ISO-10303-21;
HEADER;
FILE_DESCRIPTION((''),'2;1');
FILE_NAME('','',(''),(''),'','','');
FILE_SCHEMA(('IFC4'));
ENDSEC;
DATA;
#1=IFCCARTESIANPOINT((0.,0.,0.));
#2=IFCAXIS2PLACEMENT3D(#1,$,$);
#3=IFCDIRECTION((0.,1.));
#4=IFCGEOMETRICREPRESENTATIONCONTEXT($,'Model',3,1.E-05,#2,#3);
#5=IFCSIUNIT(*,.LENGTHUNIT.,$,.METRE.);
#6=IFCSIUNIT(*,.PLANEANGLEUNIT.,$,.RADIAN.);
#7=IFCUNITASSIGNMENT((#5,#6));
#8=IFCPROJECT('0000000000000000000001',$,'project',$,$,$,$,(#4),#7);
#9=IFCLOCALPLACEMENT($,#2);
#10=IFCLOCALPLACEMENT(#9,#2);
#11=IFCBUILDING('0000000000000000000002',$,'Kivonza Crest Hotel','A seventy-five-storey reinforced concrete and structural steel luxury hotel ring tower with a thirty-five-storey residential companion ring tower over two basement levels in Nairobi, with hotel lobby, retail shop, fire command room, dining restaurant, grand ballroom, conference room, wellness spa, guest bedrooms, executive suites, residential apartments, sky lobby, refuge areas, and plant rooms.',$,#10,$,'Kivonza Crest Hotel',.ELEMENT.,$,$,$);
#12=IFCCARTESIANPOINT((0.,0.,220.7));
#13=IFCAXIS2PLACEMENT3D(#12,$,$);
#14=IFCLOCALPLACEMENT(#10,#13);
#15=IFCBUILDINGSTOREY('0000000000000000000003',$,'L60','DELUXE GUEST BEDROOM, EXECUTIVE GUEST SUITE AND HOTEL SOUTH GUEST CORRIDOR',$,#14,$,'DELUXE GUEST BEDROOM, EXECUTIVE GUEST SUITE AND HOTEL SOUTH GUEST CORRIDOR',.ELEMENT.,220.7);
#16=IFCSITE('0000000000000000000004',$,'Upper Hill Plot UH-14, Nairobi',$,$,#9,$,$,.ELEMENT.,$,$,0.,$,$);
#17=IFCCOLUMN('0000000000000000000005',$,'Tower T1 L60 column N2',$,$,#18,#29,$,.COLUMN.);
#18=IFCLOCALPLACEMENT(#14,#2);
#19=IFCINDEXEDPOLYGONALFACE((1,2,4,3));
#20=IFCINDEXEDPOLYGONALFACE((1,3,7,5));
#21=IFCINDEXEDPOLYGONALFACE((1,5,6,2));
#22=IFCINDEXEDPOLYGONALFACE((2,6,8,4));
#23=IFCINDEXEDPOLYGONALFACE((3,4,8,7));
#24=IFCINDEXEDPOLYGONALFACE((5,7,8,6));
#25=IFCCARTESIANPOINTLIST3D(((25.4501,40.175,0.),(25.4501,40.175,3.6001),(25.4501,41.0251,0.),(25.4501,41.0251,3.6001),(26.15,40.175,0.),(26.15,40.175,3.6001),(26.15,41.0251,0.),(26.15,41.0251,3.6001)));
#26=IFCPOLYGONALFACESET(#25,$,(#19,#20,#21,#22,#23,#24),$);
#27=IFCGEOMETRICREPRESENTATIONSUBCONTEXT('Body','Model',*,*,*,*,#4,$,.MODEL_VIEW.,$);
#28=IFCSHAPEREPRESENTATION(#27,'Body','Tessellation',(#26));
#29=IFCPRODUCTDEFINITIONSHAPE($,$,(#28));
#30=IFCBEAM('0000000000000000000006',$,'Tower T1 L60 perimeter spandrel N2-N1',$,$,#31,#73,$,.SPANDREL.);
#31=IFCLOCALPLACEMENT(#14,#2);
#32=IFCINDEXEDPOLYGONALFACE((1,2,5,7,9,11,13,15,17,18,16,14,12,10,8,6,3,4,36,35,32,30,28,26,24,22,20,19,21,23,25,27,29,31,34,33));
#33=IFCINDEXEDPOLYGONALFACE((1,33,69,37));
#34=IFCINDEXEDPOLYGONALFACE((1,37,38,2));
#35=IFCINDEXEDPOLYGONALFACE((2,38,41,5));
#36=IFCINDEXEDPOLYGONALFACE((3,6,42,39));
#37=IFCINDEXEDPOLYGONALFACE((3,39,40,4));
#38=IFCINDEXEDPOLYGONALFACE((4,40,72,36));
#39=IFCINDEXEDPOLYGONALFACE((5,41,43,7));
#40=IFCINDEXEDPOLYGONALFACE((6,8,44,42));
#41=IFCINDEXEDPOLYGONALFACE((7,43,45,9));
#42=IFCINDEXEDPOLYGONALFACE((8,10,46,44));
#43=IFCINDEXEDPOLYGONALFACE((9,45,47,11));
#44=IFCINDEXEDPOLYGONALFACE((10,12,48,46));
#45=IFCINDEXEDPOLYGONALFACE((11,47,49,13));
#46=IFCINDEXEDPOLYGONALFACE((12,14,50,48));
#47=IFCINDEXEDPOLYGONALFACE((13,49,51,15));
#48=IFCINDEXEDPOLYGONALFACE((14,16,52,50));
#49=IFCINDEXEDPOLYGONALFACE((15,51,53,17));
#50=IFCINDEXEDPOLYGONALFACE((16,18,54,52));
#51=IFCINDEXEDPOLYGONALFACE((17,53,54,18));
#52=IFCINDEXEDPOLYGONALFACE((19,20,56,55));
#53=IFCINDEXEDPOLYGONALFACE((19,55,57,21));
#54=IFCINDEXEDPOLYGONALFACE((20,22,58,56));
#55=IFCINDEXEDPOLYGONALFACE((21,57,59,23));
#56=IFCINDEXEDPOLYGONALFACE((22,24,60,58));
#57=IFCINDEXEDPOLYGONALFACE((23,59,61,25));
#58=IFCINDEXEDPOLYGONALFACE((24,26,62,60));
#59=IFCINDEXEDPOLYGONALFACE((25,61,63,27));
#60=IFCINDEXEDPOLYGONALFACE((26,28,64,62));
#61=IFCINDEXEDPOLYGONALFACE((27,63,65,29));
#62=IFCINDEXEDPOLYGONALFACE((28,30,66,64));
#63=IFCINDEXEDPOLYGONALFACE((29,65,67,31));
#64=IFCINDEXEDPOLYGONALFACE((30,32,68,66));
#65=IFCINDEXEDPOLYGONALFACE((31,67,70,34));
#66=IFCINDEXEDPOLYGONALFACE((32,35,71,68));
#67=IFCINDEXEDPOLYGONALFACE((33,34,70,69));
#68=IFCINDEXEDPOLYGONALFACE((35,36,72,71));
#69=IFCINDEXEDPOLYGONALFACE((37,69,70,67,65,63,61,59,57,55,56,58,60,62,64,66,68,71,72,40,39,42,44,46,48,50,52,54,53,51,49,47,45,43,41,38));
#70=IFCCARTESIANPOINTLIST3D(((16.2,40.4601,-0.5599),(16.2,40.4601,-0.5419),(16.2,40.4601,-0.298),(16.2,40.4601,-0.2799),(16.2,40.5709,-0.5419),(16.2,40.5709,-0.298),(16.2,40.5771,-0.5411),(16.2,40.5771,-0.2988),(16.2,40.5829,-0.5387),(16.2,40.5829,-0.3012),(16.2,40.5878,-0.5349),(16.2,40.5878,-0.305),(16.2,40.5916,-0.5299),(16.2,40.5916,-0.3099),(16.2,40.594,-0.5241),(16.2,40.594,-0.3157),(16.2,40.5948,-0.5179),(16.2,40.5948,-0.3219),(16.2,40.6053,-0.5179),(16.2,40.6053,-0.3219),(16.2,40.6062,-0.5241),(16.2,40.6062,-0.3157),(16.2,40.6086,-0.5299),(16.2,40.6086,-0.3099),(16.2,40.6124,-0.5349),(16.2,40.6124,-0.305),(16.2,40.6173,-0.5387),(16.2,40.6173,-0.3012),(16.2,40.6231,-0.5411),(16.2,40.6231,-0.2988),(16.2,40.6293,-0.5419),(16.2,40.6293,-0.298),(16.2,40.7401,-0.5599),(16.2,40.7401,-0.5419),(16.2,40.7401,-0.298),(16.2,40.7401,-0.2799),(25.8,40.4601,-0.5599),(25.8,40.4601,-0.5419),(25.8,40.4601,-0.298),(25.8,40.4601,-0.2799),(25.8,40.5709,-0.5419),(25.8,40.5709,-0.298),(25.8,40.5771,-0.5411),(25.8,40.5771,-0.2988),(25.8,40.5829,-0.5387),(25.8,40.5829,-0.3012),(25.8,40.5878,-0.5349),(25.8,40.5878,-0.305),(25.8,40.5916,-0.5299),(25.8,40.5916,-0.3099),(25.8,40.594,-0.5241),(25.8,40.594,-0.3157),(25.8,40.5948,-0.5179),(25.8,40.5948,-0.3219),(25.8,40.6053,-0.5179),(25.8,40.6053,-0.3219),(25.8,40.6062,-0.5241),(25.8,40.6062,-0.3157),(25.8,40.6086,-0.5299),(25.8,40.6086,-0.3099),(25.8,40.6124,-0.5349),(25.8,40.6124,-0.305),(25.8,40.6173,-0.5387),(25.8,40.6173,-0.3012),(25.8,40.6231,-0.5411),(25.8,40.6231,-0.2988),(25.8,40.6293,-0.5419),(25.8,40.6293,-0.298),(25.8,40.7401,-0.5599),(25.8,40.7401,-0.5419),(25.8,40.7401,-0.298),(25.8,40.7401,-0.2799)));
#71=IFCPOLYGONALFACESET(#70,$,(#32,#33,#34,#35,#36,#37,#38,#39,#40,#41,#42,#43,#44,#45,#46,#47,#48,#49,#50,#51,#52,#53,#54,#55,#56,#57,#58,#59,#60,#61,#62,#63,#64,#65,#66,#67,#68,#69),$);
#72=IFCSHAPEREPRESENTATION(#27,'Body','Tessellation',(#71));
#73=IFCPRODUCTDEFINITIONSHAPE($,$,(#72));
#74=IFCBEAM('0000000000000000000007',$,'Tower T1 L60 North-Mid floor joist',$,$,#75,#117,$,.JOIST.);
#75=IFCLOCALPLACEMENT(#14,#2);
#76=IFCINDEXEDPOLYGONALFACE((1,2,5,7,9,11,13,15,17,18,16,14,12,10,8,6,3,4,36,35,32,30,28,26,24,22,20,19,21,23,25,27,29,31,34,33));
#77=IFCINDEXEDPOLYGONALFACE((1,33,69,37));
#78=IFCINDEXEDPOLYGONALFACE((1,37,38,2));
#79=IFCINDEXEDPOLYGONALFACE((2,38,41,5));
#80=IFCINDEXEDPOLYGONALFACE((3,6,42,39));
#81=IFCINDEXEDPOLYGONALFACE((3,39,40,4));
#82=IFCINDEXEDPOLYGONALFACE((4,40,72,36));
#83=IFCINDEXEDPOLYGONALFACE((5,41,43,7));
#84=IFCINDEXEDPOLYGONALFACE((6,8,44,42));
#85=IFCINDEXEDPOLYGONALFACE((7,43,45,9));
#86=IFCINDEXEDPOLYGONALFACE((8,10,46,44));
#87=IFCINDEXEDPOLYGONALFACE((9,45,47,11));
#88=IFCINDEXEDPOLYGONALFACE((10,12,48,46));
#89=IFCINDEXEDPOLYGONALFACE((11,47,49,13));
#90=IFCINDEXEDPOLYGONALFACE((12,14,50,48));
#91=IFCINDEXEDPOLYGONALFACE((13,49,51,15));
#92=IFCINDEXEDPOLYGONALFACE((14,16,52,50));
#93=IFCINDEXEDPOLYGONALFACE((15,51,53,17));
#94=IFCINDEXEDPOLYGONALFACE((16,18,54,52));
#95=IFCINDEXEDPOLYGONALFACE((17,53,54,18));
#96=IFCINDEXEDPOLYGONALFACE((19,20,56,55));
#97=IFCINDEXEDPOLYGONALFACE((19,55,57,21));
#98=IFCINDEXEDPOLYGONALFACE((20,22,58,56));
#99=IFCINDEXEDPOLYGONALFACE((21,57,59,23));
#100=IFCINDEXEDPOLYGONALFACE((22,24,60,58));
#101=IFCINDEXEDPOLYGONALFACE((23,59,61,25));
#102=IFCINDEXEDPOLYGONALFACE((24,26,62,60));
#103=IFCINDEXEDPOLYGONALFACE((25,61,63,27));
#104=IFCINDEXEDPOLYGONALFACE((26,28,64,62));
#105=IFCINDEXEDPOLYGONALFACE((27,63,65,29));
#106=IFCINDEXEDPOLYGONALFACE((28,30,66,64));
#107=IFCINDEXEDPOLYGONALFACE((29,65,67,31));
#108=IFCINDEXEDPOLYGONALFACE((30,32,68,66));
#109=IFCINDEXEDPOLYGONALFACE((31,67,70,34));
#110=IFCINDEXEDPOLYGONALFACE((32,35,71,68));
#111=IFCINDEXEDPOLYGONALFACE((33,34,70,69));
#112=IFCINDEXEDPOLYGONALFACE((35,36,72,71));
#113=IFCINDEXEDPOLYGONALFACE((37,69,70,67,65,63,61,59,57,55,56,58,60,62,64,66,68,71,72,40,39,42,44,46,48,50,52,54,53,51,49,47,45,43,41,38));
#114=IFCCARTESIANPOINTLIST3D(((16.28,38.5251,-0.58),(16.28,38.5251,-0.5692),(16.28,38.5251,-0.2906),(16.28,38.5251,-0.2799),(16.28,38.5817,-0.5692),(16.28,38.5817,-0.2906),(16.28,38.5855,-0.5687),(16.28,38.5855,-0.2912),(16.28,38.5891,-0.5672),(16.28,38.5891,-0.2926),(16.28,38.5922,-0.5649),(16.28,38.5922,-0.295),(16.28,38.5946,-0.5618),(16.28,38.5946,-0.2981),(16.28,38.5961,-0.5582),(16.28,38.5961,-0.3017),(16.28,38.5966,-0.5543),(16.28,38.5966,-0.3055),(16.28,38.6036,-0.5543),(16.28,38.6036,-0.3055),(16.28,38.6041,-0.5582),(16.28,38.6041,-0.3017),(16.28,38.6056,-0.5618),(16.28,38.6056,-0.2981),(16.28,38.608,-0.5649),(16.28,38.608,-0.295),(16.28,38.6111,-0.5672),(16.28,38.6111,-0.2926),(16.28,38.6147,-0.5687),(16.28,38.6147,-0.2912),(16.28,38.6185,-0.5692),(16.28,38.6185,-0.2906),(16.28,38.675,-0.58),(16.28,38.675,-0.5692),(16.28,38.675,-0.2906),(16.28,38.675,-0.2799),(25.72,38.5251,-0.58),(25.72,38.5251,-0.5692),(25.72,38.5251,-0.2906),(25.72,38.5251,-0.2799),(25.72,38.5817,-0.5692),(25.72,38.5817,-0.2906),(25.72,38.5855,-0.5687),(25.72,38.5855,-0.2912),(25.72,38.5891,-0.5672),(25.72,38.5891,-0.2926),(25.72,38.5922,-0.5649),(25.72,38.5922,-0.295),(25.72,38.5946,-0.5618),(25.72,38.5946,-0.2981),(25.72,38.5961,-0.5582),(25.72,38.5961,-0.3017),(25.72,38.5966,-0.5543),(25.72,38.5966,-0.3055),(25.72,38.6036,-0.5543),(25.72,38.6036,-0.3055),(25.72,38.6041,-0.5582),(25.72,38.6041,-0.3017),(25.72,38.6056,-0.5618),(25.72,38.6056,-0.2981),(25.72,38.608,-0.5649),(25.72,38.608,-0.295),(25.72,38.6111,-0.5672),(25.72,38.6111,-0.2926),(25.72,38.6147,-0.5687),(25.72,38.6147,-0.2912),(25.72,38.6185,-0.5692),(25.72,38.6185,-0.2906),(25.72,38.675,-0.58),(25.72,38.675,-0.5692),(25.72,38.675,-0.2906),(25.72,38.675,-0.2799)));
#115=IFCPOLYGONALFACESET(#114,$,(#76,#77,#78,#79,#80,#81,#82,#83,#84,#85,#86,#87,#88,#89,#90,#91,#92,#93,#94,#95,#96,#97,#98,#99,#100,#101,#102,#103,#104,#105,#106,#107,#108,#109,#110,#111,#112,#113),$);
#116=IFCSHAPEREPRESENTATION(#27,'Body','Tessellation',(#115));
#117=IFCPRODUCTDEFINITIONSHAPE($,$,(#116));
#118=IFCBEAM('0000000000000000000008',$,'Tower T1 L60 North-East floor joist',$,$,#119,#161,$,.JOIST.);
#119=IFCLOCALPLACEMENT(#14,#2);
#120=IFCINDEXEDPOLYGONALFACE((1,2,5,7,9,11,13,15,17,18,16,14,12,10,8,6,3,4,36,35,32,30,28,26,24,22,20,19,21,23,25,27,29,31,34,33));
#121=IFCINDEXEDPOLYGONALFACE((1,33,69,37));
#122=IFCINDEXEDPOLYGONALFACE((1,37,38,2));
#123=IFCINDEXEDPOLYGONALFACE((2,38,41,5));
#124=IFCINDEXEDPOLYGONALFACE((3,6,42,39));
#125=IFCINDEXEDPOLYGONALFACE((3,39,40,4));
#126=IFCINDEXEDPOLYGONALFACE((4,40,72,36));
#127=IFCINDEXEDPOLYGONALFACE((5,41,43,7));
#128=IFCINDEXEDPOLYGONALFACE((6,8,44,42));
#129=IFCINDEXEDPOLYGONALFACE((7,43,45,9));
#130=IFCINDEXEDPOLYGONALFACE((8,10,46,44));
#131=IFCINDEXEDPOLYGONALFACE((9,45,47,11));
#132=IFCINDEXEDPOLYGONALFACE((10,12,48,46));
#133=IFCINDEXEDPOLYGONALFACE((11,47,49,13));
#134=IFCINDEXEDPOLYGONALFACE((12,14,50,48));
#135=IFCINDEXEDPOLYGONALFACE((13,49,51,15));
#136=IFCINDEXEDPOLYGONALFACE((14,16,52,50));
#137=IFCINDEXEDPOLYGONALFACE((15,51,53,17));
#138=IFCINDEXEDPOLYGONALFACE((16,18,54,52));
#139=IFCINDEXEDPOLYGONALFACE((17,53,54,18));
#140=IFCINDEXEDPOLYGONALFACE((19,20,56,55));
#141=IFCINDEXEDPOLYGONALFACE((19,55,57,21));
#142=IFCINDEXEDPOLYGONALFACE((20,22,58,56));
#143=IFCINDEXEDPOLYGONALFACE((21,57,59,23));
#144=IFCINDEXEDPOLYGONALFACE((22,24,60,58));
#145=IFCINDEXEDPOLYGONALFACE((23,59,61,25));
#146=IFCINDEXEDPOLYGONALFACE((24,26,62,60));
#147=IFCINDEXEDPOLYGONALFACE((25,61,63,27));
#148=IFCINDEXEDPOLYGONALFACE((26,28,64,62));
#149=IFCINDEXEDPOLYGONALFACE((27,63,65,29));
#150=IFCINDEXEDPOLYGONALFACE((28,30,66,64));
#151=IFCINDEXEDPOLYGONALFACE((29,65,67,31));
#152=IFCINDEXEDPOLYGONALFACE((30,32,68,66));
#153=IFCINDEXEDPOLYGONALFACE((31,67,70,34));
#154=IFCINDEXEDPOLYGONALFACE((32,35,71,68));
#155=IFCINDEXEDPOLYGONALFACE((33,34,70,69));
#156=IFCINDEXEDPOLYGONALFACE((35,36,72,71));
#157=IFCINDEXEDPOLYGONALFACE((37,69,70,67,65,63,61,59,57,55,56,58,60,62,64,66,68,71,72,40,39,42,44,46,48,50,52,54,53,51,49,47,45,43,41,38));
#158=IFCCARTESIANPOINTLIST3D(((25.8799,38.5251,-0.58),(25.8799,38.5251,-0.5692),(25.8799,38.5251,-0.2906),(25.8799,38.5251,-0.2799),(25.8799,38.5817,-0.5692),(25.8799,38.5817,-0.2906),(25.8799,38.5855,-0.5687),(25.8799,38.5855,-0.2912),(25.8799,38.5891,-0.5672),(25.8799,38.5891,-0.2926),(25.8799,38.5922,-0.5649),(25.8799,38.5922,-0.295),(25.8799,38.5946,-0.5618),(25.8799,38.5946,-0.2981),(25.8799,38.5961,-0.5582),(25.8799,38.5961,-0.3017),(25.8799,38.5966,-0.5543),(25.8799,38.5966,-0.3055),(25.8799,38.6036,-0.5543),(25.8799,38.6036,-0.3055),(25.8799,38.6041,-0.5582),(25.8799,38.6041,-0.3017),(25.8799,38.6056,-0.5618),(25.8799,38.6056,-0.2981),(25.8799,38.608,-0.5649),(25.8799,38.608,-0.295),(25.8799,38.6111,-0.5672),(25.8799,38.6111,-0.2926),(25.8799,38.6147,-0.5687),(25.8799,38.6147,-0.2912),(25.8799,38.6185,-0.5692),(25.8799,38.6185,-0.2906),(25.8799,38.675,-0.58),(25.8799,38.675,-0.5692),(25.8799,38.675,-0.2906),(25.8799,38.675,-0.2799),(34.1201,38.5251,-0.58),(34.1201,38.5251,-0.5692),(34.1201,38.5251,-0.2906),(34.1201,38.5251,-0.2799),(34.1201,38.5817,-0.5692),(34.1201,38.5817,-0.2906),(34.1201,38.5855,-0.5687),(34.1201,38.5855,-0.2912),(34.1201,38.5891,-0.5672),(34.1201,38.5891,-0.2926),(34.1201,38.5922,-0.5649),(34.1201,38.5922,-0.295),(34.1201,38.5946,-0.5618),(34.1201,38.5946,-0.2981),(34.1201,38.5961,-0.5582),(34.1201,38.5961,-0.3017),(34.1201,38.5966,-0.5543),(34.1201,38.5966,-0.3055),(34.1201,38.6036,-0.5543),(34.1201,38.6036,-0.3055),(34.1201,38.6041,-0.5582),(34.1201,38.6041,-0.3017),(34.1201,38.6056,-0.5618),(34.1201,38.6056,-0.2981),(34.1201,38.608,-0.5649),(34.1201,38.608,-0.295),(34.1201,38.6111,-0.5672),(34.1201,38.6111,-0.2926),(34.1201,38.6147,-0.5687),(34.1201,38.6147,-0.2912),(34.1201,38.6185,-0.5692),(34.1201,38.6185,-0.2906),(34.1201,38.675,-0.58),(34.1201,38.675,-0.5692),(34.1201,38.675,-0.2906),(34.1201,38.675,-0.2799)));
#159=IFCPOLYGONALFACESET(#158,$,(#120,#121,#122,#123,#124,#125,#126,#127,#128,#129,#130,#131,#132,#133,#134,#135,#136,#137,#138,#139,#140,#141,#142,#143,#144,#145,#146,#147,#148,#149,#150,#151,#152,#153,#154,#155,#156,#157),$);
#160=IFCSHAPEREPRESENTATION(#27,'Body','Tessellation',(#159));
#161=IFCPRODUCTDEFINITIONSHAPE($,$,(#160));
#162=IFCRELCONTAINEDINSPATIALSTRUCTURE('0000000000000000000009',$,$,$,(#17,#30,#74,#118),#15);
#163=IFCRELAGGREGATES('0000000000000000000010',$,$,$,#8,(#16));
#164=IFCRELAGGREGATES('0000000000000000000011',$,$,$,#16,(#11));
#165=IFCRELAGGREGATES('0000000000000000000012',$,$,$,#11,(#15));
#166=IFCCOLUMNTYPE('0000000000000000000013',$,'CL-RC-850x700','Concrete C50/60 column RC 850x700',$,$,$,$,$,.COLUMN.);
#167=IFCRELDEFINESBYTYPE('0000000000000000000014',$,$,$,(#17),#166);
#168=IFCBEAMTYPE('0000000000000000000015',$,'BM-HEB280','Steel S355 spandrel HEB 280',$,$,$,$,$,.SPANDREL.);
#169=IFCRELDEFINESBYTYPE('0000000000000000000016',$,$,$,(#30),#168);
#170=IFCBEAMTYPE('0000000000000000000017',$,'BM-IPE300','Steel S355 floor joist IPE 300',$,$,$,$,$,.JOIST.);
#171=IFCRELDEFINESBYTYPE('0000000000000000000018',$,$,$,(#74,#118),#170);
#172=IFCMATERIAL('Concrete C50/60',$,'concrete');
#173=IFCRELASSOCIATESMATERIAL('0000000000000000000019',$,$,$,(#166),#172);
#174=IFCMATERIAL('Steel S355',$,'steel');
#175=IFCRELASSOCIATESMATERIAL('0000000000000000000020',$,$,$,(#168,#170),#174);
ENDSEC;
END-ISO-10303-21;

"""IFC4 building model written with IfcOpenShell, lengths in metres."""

from ifc_helpers import new_model, si_unit, direction, frame, origin, origin_2d, place, context, subcontext, project, spatial, rectangle, i_section, extrude, material, material_profile, profile_set, type_object, element, save


model = new_model("IFC4")

# Units and contexts
model_context = context("Model", 3, precision=1e-05, world=origin(), true_north=direction((0.0, 1.0)))
body_context = subcontext(model_context, "Body", "Model", "MODEL_VIEW")
ifc_project = project(units=[si_unit("LENGTHUNIT", "METRE"), si_unit("PLANEANGLEUNIT", "RADIAN")], contexts=[model_context])

# Site, building, storey
site_placement = place(None, origin())
site = spatial("IfcSite", under=ifc_project, at=site_placement, Name="Upper Hill Plot UH-14, Nairobi", CompositionType="ELEMENT", RefElevation=0.0)
building_placement = place(site_placement, origin())
building = spatial("IfcBuilding", under=site, at=building_placement, Name="Kivonza Crest Hotel", Description="A seventy-five-storey reinforced concrete and structural steel luxury hotel ring tower with a thirty-five-storey residential companion ring tower over two basement levels in Nairobi, with hotel lobby, retail shop, fire command room, dining restaurant, grand ballroom, conference room, wellness spa, guest bedrooms, executive suites, residential apartments, sky lobby, refuge areas, and plant rooms.", LongName="Kivonza Crest Hotel", CompositionType="ELEMENT")
storey_placement = place(building_placement, frame((0.0, 0.0, 220.7)))
storey = spatial("IfcBuildingStorey", under=building, at=storey_placement, Name="L60", Description="DELUXE GUEST BEDROOM, EXECUTIVE GUEST SUITE AND HOTEL SOUTH GUEST CORRIDOR", LongName="DELUXE GUEST BEDROOM, EXECUTIVE GUEST SUITE AND HOTEL SOUTH GUEST CORRIDOR", CompositionType="ELEMENT", Elevation=220.7)

# Column
ifc_material_1 = material(Name="Concrete C50/60", Category="concrete")
ifc_material_profile_1 = material_profile(ifc_material_1, rectangle(XDim=0.7, YDim=0.8501, at=origin_2d()), Name="RC 850x700")
ifc_profile_set_1 = profile_set([ifc_material_profile_1], Name="Concrete C50/60")
column_type = type_object("IfcColumnType", Name="CL-RC-850x700", Description="Concrete C50/60 column RC 850x700", PredefinedType="COLUMN", material=ifc_profile_set_1)
column_placement = place(storey_placement, frame((25.8, 40.6001, 0.0), z_axis=(0.0, 0.0, 1.0), x_axis=(1.0, 0.0, 0.0)))
element("IfcColumn", 1, at=column_placement, inside=storey, type_object=column_type, Name="Tower T1 L60 column N2", PredefinedType="COLUMN", context=body_context, shape_type="SweptSolid", body=[
    extrude(rectangle(XDim=0.7, YDim=0.8501, at=origin_2d()), origin(), (0.0, 0.0, 1.0), 3.6001),
])

# Beams
ifc_material_2 = material(Name="Steel S355", Category="steel")
ifc_material_profile_2 = material_profile(ifc_material_2, i_section(OverallWidth=0.28, OverallDepth=0.28, WebThickness=0.0105, FlangeThickness=0.0181, FilletRadius=0.0239, at=origin_2d()), Name="HEB 280")
ifc_profile_set_2 = profile_set([ifc_material_profile_2], Name="Steel S355")
beam_type_1 = type_object("IfcBeamType", Name="BM-HEB280", Description="Steel S355 spandrel HEB 280", PredefinedType="SPANDREL", material=ifc_profile_set_2)
beam_1_placement = place(storey_placement, frame((25.8, 40.6001, -0.4199), z_axis=(-1.0, 0.0, 0.0), x_axis=(0.0, -1.0, 0.0)))
element("IfcBeam", 2, at=beam_1_placement, inside=storey, type_object=beam_type_1, Name="Tower T1 L60 perimeter spandrel N2-N1", PredefinedType="SPANDREL", context=body_context, shape_type="SweptSolid", body=[
    extrude(i_section(OverallWidth=0.28, OverallDepth=0.28, WebThickness=0.0105, FlangeThickness=0.0181, FilletRadius=0.0239, at=origin_2d()), origin(), (0.0, 0.0, 1.0), 9.6001),
])
ifc_material_profile_3 = material_profile(ifc_material_2, i_section(OverallWidth=0.1499, OverallDepth=0.3, WebThickness=0.0071, FlangeThickness=0.0107, FilletRadius=0.0149, at=origin_2d()), Name="IPE 300")
ifc_profile_set_3 = profile_set([ifc_material_profile_3], Name="Steel S355")
beam_type_2 = type_object("IfcBeamType", Name="BM-IPE300", Description="Steel S355 floor joist IPE 300", PredefinedType="JOIST", material=ifc_profile_set_3)
beam_2_placement = place(storey_placement, frame((16.28, 38.6001, -0.4299), z_axis=(1.0, 0.0, 0.0), x_axis=(0.0, 1.0, 0.0)))
element("IfcBeam", 3, at=beam_2_placement, inside=storey, type_object=beam_type_2, Name="Tower T1 L60 North-Mid floor joist", PredefinedType="JOIST", context=body_context, shape_type="SweptSolid", body=[
    extrude(i_section(OverallWidth=0.1499, OverallDepth=0.3, WebThickness=0.0071, FlangeThickness=0.0107, FilletRadius=0.0149, at=origin_2d()), origin(), (0.0, 0.0, 1.0), 9.4399),
])
beam_3_placement = place(storey_placement, frame((25.8799, 38.6001, -0.4299), z_axis=(1.0, 0.0, 0.0), x_axis=(0.0, 1.0, 0.0)))
element("IfcBeam", 4, at=beam_3_placement, inside=storey, type_object=beam_type_2, Name="Tower T1 L60 North-East floor joist", PredefinedType="JOIST", context=body_context, shape_type="SweptSolid", body=[
    extrude(i_section(OverallWidth=0.1499, OverallDepth=0.3, WebThickness=0.0071, FlangeThickness=0.0107, FilletRadius=0.0149, at=origin_2d()), origin(), (0.0, 0.0, 1.0), 8.2402),
])

save(model, "model.ifc")
